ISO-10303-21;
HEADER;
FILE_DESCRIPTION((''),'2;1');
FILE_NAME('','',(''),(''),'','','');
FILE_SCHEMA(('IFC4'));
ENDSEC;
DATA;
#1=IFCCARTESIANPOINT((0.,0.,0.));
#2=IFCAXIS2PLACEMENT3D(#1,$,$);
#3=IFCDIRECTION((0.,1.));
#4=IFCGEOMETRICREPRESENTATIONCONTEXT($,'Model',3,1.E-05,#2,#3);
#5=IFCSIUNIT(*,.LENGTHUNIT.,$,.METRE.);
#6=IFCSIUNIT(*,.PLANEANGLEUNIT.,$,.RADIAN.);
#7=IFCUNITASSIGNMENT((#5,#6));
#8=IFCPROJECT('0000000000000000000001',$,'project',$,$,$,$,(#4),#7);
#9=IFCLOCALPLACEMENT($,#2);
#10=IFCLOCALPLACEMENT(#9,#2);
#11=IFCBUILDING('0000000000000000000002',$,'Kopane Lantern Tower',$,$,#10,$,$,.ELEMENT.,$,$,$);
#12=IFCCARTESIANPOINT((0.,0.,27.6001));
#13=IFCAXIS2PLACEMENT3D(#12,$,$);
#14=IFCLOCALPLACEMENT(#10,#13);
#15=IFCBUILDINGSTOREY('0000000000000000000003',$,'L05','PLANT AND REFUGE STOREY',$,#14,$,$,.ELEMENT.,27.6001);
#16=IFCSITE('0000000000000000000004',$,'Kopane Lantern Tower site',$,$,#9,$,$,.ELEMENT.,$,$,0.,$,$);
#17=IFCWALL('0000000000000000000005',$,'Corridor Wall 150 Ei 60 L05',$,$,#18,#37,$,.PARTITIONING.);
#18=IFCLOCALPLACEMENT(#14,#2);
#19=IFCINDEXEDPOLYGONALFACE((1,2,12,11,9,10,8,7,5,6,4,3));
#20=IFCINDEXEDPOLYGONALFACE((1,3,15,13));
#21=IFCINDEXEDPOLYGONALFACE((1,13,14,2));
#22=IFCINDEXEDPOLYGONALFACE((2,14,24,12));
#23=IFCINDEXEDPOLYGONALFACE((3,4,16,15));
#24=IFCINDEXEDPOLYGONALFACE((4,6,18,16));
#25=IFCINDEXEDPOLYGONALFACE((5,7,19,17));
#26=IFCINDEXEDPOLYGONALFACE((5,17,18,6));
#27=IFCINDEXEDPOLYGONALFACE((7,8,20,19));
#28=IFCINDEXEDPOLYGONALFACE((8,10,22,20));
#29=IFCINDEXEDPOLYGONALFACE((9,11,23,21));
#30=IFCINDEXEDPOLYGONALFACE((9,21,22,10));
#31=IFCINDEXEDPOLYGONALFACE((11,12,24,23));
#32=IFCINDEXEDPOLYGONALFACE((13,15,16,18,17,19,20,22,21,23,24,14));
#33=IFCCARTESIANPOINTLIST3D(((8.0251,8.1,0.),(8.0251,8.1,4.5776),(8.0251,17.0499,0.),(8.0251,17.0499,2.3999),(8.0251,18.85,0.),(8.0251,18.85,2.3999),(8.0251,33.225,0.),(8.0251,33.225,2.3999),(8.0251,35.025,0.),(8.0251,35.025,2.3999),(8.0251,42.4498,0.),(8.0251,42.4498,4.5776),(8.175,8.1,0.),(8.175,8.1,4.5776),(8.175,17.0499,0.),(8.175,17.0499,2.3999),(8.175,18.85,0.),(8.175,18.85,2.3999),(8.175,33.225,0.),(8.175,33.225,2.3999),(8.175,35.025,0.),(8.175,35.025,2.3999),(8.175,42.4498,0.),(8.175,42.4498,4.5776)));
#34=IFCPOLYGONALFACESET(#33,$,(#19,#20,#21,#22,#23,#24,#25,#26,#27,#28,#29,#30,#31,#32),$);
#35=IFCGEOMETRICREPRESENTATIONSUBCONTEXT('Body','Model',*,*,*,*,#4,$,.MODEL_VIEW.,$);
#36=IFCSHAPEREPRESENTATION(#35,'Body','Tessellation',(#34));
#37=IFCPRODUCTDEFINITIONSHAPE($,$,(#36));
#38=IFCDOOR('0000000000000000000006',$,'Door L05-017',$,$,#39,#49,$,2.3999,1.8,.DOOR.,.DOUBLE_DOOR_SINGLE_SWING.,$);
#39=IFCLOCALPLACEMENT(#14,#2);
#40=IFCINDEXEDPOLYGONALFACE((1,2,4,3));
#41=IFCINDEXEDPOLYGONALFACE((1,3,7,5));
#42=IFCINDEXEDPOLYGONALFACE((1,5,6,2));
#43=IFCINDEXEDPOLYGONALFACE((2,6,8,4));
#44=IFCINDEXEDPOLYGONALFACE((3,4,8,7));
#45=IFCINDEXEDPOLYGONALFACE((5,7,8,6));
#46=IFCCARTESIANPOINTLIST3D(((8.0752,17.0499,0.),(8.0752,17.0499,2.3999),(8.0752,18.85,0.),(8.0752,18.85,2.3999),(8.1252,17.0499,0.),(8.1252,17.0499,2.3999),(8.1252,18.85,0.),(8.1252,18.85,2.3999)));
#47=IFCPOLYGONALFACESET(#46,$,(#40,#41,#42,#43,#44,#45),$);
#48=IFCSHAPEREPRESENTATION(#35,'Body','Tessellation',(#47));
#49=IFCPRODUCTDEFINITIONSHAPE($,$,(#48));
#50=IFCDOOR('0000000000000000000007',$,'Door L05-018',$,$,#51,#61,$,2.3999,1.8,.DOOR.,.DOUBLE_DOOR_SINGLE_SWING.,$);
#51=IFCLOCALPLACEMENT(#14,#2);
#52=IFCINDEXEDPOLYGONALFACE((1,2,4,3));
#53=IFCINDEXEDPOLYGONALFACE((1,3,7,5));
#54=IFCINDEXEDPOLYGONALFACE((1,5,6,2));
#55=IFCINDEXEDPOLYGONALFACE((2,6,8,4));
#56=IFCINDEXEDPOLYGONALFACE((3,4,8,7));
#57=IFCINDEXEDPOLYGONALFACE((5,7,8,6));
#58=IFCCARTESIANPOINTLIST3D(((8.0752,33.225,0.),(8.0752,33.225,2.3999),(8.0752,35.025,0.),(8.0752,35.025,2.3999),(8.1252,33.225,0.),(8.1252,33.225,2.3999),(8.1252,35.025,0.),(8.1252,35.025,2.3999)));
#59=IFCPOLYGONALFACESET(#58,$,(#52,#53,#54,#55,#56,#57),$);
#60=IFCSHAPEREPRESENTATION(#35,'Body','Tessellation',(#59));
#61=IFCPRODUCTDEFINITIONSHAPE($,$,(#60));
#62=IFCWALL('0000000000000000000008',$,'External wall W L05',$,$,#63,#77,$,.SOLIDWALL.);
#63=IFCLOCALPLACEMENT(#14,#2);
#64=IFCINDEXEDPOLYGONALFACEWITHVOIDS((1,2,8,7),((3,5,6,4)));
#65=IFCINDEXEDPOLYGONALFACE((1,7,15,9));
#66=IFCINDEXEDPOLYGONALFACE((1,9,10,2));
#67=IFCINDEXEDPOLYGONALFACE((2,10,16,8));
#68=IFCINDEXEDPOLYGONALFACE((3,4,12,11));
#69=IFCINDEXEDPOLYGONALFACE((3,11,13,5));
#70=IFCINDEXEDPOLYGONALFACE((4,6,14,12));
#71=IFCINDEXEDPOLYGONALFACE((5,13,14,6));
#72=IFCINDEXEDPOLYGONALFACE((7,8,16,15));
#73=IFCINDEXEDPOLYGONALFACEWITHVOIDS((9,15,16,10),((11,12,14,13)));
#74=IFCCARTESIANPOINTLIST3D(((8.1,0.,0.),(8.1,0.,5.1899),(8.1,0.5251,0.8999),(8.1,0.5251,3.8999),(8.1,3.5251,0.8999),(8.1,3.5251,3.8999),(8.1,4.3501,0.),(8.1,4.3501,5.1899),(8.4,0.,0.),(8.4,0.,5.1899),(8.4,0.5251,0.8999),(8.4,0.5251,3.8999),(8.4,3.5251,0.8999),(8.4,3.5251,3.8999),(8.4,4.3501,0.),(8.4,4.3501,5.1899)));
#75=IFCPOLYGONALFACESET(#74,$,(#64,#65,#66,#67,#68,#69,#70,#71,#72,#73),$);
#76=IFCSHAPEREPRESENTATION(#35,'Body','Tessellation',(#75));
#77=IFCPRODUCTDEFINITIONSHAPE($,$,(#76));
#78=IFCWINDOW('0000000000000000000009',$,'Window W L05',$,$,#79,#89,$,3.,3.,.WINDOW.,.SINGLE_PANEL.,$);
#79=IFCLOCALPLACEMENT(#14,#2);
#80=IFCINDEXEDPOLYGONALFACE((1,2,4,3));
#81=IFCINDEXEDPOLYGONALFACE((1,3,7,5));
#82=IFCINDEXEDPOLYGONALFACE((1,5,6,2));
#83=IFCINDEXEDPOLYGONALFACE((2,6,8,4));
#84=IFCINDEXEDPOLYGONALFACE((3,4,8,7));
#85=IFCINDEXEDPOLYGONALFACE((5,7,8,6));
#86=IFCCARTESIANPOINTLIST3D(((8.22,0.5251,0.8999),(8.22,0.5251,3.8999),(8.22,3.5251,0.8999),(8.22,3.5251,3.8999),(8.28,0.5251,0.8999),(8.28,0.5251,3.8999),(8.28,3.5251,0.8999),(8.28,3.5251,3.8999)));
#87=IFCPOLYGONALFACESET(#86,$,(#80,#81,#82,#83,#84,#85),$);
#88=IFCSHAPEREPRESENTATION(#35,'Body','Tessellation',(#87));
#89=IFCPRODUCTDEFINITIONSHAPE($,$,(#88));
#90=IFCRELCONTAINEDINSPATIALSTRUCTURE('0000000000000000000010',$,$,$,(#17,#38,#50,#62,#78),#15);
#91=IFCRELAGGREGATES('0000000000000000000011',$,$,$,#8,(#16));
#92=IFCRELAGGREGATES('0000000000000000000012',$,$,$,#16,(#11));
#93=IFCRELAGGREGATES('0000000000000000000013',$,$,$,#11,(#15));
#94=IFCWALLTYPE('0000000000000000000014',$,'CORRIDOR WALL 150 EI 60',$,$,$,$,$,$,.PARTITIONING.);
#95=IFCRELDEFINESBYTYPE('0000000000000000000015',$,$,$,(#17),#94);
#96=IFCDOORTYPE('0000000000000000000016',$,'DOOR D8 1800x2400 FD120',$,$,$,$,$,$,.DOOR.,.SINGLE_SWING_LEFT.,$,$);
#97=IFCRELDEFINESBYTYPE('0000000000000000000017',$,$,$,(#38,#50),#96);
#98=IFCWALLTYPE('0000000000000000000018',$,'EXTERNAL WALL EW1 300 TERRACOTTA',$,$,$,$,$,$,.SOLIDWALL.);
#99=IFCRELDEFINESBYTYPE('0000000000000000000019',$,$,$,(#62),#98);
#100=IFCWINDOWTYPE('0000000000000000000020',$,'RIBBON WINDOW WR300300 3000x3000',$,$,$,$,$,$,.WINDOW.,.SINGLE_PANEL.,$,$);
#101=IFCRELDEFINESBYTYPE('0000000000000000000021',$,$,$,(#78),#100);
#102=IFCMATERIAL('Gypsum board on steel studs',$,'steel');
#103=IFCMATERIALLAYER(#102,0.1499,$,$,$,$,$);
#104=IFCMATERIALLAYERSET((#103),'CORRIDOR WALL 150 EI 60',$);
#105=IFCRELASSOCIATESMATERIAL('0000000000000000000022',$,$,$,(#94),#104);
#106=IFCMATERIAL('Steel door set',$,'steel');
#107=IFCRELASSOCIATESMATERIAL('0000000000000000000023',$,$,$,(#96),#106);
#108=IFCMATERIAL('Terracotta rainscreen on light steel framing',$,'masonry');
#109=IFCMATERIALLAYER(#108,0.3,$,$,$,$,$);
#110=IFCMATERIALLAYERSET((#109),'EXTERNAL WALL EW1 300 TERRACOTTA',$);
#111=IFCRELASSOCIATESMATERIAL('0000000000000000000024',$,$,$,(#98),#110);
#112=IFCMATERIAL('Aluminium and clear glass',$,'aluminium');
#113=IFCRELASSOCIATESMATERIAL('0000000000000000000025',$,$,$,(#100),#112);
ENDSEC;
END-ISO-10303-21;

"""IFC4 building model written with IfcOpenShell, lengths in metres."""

from ifc_helpers import new_model, si_unit, direction, frame, frame_2d, origin, place, context, subcontext, project, spatial, rectangle, extrude, material, layer, layer_set, type_object, element, fill, save


model = new_model("IFC4")

# Units and contexts
model_context = context("Model", 3, precision=1e-05, world=origin(), true_north=direction((0.0, 1.0)))
body_context = subcontext(model_context, "Body", "Model", "MODEL_VIEW")
ifc_project = project(units=[si_unit("LENGTHUNIT", "METRE"), si_unit("PLANEANGLEUNIT", "RADIAN")], contexts=[model_context])

# Site, building, storey
site_placement = place(None, origin())
site = spatial("IfcSite", under=ifc_project, at=site_placement, Name="Kopane Lantern Tower site", CompositionType="ELEMENT", RefElevation=0.0)
building_placement = place(site_placement, origin())
building = spatial("IfcBuilding", under=site, at=building_placement, Name="Kopane Lantern Tower", CompositionType="ELEMENT")
storey_placement = place(building_placement, frame((0.0, 0.0, 27.6001)))
storey = spatial("IfcBuildingStorey", under=building, at=storey_placement, Name="L05", Description="PLANT AND REFUGE STOREY", CompositionType="ELEMENT", Elevation=27.6001)

# Wall, openings, doors
ifc_material_1 = material(Name="Gypsum board on steel studs", Category="steel")
ifc_layer_1 = layer(ifc_material_1, 0.1499)
ifc_layer_set_1 = layer_set([ifc_layer_1], Name="CORRIDOR WALL 150 EI 60")
wall_type_1 = type_object("IfcWallType", Name="CORRIDOR WALL 150 EI 60", PredefinedType="PARTITIONING", material=ifc_layer_set_1)
ifc_material_2 = material(Name="Steel door set", Category="steel")
door_type_1 = type_object("IfcDoorType", Name="DOOR D8 1800x2400 FD120", OperationType="SINGLE_SWING_LEFT", PredefinedType="DOOR", material=ifc_material_2)
wall_1_placement = place(storey_placement, frame((8.1001, 8.1001, 0.0), z_axis=(0.0, 0.0, 1.0), x_axis=(0.0, 1.0, 0.0)))
wall_1 = element("IfcWall", 1, at=wall_1_placement, inside=storey, type_object=wall_type_1, Name="Corridor Wall 150 Ei 60 L05", PredefinedType="PARTITIONING", context=body_context, shape_type="SweptSolid", body=[
    extrude(rectangle(XDim=34.3499, YDim=0.1499, at=frame_2d((17.1748, 0.0))), origin(), (0.0, 0.0, 1.0), 4.5776),
])
opening_1_placement = place(wall_1_placement, frame((8.95, 0.0, 0.0)))
opening_1 = element("IfcOpeningElement", 2, at=opening_1_placement, cuts=wall_1, PredefinedType="OPENING", context=body_context, shape_type="SweptSolid", body=[
    extrude(rectangle(XDim=1.8, YDim=2.3999, at=frame_2d((0.8999, 1.2))), frame((0.0, 0.085, 0.0), z_axis=(0.0, -1.0, 0.0), x_axis=(1.0, 0.0, 0.0)), (0.0, 0.0, 1.0), 0.1699),
])
opening_2_placement = place(wall_1_placement, frame((25.125, 0.0, 0.0)))
opening_2 = element("IfcOpeningElement", 3, at=opening_2_placement, cuts=wall_1, PredefinedType="OPENING", context=body_context, shape_type="SweptSolid", body=[
    extrude(rectangle(XDim=1.8, YDim=2.3999, at=frame_2d((0.8999, 1.2))), frame((0.0, 0.085, 0.0), z_axis=(0.0, -1.0, 0.0), x_axis=(1.0, 0.0, 0.0)), (0.0, 0.0, 1.0), 0.1699),
])
door_1_placement = place(opening_1_placement, origin())
door_1 = element("IfcDoor", 4, at=door_1_placement, inside=storey, type_object=door_type_1, Name="Door L05-017", OperationType="DOUBLE_DOOR_SINGLE_SWING", OverallHeight=2.3999, OverallWidth=1.8, PredefinedType="DOOR", context=body_context, shape_type="SweptSolid", body=[
    extrude(rectangle(XDim=1.8, YDim=2.3999, at=frame_2d((0.8999, 1.2))), frame((0.0, 0.0249, 0.0), z_axis=(0.0, -1.0, 0.0), x_axis=(1.0, 0.0, 0.0)), (0.0, 0.0, 1.0), 0.05),
])
fill(opening_1, door_1)
door_2_placement = place(opening_2_placement, origin())
door_2 = element("IfcDoor", 5, at=door_2_placement, inside=storey, type_object=door_type_1, Name="Door L05-018", OperationType="DOUBLE_DOOR_SINGLE_SWING", OverallHeight=2.3999, OverallWidth=1.8, PredefinedType="DOOR", context=body_context, shape_type="SweptSolid", body=[
    extrude(rectangle(XDim=1.8, YDim=2.3999, at=frame_2d((0.8999, 1.2))), frame((0.0, 0.0249, 0.0), z_axis=(0.0, -1.0, 0.0), x_axis=(1.0, 0.0, 0.0)), (0.0, 0.0, 1.0), 0.05),
])
fill(opening_2, door_2)

# Wall, opening, window
ifc_material_3 = material(Name="Terracotta rainscreen on light steel framing", Category="masonry")
ifc_layer_2 = layer(ifc_material_3, 0.3)
ifc_layer_set_2 = layer_set([ifc_layer_2], Name="EXTERNAL WALL EW1 300 TERRACOTTA")
wall_type_2 = type_object("IfcWallType", Name="EXTERNAL WALL EW1 300 TERRACOTTA", PredefinedType="SOLIDWALL", material=ifc_layer_set_2)
wall_2_placement = place(storey_placement, frame((8.25, 4.3501, 0.0), z_axis=(0.0, 0.0, 1.0), x_axis=(0.0, -1.0, 0.0)))
wall_2 = element("IfcWall", 6, at=wall_2_placement, inside=storey, type_object=wall_type_2, Name="External wall W L05", PredefinedType="SOLIDWALL", context=body_context, shape_type="SweptSolid", body=[
    extrude(rectangle(XDim=4.3501, YDim=0.3, at=frame_2d((2.175, 0.0))), origin(), (0.0, 0.0, 1.0), 5.1899),
])
opening_3_placement = place(wall_2_placement, frame((0.825, 0.0, 0.8999)))
opening_3 = element("IfcOpeningElement", 7, at=opening_3_placement, cuts=wall_2, PredefinedType="OPENING", context=body_context, shape_type="SweptSolid", body=[
    extrude(rectangle(XDim=3.0, YDim=3.0, at=frame_2d((1.5, 1.5))), frame((0.0, 0.1599, 0.0), z_axis=(0.0, -1.0, 0.0), x_axis=(1.0, 0.0, 0.0)), (0.0, 0.0, 1.0), 0.3201),
])
ifc_material_4 = material(Name="Aluminium and clear glass", Category="aluminium")
window_type = type_object("IfcWindowType", Name="RIBBON WINDOW WR300300 3000x3000", PartitioningType="SINGLE_PANEL", PredefinedType="WINDOW", material=ifc_material_4)
window_placement = place(opening_3_placement, origin())
window = element("IfcWindow", 8, at=window_placement, inside=storey, type_object=window_type, Name="Window W L05", OverallHeight=3.0, OverallWidth=3.0, PartitioningType="SINGLE_PANEL", PredefinedType="WINDOW", context=body_context, shape_type="SweptSolid", body=[
    extrude(rectangle(XDim=3.0, YDim=3.0, at=frame_2d((1.5, 1.5))), frame((0.0, 0.03, 0.0), z_axis=(0.0, -1.0, 0.0), x_axis=(1.0, 0.0, 0.0)), (0.0, 0.0, 1.0), 0.0601),
])
fill(opening_3, window)

save(model, "model.ifc")
